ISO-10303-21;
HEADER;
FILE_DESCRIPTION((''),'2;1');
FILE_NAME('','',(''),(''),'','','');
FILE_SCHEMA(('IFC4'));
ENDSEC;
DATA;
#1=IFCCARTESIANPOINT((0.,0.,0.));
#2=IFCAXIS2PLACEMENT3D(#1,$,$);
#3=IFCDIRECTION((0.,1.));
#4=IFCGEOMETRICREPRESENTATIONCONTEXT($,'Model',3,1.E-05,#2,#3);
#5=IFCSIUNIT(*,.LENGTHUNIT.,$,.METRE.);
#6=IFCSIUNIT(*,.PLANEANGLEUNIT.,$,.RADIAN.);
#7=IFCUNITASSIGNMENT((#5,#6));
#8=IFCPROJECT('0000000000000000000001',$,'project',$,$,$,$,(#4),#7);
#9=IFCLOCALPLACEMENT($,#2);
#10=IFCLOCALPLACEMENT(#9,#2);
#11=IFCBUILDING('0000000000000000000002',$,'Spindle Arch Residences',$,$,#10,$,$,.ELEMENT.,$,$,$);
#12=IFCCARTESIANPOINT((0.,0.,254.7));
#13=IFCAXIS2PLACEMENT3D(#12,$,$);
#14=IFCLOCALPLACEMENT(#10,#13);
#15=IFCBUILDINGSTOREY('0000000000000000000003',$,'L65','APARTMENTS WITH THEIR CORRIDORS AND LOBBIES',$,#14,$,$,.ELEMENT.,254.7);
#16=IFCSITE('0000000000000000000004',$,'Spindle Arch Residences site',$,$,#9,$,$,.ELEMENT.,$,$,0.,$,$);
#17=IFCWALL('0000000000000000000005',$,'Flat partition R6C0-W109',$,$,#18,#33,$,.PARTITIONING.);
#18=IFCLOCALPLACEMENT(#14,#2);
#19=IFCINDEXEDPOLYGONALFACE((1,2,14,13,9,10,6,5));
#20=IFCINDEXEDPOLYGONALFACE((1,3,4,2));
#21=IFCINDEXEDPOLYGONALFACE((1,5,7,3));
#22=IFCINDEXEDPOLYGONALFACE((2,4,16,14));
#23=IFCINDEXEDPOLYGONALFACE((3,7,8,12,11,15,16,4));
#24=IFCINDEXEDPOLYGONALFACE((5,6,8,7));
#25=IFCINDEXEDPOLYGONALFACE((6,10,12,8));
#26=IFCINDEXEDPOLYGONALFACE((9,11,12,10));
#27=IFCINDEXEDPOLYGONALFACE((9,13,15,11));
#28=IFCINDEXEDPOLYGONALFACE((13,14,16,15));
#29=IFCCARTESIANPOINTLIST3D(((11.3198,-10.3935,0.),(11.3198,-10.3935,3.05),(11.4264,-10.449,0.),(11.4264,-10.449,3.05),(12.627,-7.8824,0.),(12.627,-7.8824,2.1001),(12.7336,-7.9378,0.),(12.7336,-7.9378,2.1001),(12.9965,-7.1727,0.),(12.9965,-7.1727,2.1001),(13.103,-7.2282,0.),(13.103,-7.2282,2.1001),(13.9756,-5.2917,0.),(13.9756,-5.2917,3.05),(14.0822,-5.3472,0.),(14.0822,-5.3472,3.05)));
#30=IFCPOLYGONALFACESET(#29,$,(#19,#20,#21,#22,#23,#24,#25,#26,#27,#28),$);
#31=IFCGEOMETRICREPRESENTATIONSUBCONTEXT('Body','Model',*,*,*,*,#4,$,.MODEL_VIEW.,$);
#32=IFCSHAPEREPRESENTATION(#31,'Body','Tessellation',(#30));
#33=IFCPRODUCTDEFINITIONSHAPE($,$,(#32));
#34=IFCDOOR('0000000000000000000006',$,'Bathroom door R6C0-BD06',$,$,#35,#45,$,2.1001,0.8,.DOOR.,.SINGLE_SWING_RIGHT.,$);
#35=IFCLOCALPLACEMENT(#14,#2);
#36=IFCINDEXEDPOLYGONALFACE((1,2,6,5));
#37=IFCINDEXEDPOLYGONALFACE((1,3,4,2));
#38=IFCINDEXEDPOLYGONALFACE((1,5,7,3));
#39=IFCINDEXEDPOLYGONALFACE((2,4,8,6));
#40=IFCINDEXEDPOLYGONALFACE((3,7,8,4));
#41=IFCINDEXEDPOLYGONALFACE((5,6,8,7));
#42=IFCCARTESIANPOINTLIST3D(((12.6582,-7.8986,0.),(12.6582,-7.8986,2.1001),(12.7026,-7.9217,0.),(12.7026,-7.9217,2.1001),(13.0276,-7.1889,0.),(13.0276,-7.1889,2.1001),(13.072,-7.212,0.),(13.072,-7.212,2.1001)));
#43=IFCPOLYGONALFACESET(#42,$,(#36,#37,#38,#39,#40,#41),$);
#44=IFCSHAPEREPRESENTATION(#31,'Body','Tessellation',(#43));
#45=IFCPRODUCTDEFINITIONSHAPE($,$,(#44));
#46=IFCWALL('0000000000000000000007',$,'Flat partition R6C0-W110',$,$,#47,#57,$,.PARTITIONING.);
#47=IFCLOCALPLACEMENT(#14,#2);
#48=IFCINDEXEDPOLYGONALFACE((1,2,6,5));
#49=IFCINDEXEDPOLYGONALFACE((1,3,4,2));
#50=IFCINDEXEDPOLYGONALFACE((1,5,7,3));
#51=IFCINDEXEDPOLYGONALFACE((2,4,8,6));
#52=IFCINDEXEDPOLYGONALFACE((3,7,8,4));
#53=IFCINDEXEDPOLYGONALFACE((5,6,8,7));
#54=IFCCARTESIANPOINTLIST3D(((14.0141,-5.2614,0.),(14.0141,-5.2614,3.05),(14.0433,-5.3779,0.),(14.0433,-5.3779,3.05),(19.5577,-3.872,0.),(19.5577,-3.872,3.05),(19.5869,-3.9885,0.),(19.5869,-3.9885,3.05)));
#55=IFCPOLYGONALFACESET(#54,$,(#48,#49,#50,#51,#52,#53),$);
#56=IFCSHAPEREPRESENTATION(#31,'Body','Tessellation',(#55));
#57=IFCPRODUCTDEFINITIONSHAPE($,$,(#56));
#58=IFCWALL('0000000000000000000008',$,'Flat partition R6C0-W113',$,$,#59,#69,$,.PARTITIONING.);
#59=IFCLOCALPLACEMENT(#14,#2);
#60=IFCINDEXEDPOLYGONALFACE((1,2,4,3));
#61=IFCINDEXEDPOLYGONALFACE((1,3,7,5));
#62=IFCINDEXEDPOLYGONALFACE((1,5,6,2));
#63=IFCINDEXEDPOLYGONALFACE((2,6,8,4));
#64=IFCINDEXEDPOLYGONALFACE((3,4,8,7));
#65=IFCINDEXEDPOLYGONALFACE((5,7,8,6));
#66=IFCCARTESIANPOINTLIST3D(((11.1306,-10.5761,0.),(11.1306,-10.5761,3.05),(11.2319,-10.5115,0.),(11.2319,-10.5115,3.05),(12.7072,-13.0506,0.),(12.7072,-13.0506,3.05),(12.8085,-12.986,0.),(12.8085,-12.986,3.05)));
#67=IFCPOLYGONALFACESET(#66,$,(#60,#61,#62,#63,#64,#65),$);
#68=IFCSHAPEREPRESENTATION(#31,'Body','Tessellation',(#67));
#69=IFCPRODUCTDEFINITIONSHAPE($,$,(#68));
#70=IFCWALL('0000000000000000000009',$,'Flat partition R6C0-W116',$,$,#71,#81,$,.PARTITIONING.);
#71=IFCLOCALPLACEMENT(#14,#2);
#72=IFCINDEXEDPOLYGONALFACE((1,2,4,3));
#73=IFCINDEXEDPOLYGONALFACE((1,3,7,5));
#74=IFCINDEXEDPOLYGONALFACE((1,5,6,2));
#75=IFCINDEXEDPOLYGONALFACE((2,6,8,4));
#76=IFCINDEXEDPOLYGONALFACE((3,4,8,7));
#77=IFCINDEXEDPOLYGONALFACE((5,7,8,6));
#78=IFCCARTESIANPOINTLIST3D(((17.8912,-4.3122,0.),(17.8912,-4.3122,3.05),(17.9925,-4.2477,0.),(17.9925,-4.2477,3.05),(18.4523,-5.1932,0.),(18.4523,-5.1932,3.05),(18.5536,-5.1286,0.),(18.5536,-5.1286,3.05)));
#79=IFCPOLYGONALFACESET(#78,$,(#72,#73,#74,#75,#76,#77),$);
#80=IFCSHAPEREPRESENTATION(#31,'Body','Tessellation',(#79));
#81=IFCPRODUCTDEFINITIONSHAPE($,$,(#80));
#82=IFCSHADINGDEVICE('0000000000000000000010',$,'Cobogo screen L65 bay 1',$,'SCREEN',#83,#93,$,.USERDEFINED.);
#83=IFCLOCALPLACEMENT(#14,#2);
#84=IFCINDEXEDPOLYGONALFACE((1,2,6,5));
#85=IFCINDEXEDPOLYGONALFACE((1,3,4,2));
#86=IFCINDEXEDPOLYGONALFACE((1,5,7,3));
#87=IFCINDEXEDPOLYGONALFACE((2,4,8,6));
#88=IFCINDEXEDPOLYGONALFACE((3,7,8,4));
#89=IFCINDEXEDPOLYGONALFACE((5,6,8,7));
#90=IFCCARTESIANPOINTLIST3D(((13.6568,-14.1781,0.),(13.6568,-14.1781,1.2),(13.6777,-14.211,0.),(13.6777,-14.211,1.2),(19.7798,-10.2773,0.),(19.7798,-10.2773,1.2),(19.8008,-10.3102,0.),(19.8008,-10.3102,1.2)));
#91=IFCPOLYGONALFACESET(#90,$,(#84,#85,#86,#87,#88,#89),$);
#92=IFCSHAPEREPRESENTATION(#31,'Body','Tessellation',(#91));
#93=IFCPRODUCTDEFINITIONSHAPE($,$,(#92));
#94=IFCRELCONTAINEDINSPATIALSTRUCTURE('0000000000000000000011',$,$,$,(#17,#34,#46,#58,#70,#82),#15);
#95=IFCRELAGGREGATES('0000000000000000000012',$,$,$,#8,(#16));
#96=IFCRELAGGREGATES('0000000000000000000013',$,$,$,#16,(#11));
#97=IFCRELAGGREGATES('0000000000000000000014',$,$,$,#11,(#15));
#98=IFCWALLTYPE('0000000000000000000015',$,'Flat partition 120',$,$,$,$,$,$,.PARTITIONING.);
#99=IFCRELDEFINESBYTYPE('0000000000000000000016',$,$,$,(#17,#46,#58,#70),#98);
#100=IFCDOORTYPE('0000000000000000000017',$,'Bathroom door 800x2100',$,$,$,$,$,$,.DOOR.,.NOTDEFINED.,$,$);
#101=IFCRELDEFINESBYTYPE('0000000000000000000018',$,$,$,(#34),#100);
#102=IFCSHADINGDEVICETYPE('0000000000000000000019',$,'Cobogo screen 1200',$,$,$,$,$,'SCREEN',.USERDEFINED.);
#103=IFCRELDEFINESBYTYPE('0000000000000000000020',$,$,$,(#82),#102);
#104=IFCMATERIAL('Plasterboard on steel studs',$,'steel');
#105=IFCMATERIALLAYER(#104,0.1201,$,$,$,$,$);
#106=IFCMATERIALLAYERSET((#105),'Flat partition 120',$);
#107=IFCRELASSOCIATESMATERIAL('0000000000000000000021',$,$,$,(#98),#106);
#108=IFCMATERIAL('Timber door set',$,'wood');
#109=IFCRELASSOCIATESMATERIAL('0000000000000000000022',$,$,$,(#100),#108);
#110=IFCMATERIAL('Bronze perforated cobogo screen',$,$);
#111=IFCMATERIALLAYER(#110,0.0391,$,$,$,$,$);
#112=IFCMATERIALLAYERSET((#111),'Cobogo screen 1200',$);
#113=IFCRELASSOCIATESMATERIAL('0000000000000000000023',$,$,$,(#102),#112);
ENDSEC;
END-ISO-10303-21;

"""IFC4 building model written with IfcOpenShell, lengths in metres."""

from ifc_helpers import new_model, si_unit, direction, frame, frame_2d, origin, origin_2d, place, context, subcontext, project, spatial, rectangle, extrude, material, layer, layer_set, type_object, element, fill, save


model = new_model("IFC4")

# Units and contexts
model_context = context("Model", 3, precision=1e-05, world=origin(), true_north=direction((0.0, 1.0)))
body_context = subcontext(model_context, "Body", "Model", "MODEL_VIEW")
ifc_project = project(units=[si_unit("LENGTHUNIT", "METRE"), si_unit("PLANEANGLEUNIT", "RADIAN")], contexts=[model_context])

# Site, building, storey
site_placement = place(None, origin())
site = spatial("IfcSite", under=ifc_project, at=site_placement, Name="Spindle Arch Residences site", CompositionType="ELEMENT", RefElevation=0.0)
building_placement = place(site_placement, origin())
building = spatial("IfcBuilding", under=site, at=building_placement, Name="Spindle Arch Residences", CompositionType="ELEMENT")
storey_placement = place(building_placement, frame((0.0, 0.0, 254.7)))
storey = spatial("IfcBuildingStorey", under=building, at=storey_placement, Name="L65", Description="APARTMENTS WITH THEIR CORRIDORS AND LOBBIES", CompositionType="ELEMENT", Elevation=254.7)

# Wall, opening, door
ifc_material_1 = material(Name="Plasterboard on steel studs", Category="steel")
ifc_layer_1 = layer(ifc_material_1, 0.1201)
ifc_layer_set_1 = layer_set([ifc_layer_1], Name="Flat partition 120")
wall_type_1 = type_object("IfcWallType", Name="Flat partition 120", PredefinedType="PARTITIONING", material=ifc_layer_set_1)
wall_1_placement = place(storey_placement, frame((11.373, -10.4214, 0.0), z_axis=(0.0, 0.0, 1.0), x_axis=(0.461739, 0.887016, 0.0)))
wall_1 = element("IfcWall", 1, at=wall_1_placement, inside=storey, type_object=wall_type_1, Name="Flat partition R6C0-W109", PredefinedType="PARTITIONING", context=body_context, shape_type="SweptSolid", body=[
    extrude(rectangle(XDim=5.7517, YDim=0.1201, at=frame_2d((2.876, 0.0))), origin(), (0.0, 0.0, 1.0), 3.05),
])
opening_1_placement = place(wall_1_placement, frame((2.8313, 0.0, 0.0)))
opening_1 = element("IfcOpeningElement", 2, at=opening_1_placement, cuts=wall_1, PredefinedType="OPENING", context=body_context, shape_type="SweptSolid", body=[
    extrude(rectangle(XDim=0.8, YDim=2.1001, at=frame_2d((0.3999, 1.05))), frame((0.0, 0.0701, 0.0), z_axis=(0.0, -1.0, 0.0), x_axis=(1.0, 0.0, 0.0)), (0.0, 0.0, 1.0), 0.1401),
])
ifc_material_2 = material(Name="Timber door set", Category="wood")
door_type_1 = type_object("IfcDoorType", Name="Bathroom door 800x2100", OperationType="NOTDEFINED", PredefinedType="DOOR", material=ifc_material_2)
door_1_placement = place(opening_1_placement, origin())
door_1 = element("IfcDoor", 3, at=door_1_placement, inside=storey, type_object=door_type_1, Name="Bathroom door R6C0-BD06", OperationType="SINGLE_SWING_RIGHT", OverallHeight=2.1001, OverallWidth=0.8, PredefinedType="DOOR", context=body_context, shape_type="SweptSolid", body=[
    extrude(rectangle(XDim=0.8, YDim=2.1001, at=frame_2d((0.3999, 1.05))), frame((0.0, 0.0249, 0.0), z_axis=(0.0, -1.0, 0.0), x_axis=(1.0, 0.0, 0.0)), (0.0, 0.0, 1.0), 0.05),
])
fill(opening_1, door_1)

# Walls
wall_2_placement = place(storey_placement, frame((14.0288, -5.3196, 0.0), z_axis=(0.0, 0.0, 1.0), x_axis=(0.969999, 0.243109, 0.0)))
element("IfcWall", 4, at=wall_2_placement, inside=storey, type_object=wall_type_1, Name="Flat partition R6C0-W110", PredefinedType="PARTITIONING", context=body_context, shape_type="SweptSolid", body=[
    extrude(rectangle(XDim=5.7151, YDim=0.1201, at=frame_2d((2.8574, 0.0))), origin(), (0.0, 0.0, 1.0), 3.05),
])
wall_3_placement = place(storey_placement, frame((12.7578, -13.0183, 0.0), z_axis=(0.0, 0.0, 1.0), x_axis=(-0.537338, 0.843367, 0.0)))
element("IfcWall", 5, at=wall_3_placement, inside=storey, type_object=wall_type_1, Name="Flat partition R6C0-W113", PredefinedType="PARTITIONING", context=body_context, shape_type="SweptSolid", body=[
    extrude(rectangle(XDim=2.9341, YDim=0.1201, at=frame_2d((1.467, 0.0))), origin(), (0.0, 0.0, 1.0), 3.05),
])
wall_4_placement = place(storey_placement, frame((18.5029, -5.1609, 0.0), z_axis=(0.0, 0.0, 1.0), x_axis=(-0.537208, 0.84345, 0.0)))
element("IfcWall", 6, at=wall_4_placement, inside=storey, type_object=wall_type_1, Name="Flat partition R6C0-W116", PredefinedType="PARTITIONING", context=body_context, shape_type="SweptSolid", body=[
    extrude(rectangle(XDim=1.0444, YDim=0.1201, at=frame_2d((0.5222, 0.0))), origin(), (0.0, 0.0, 1.0), 3.05),
])

# Shading device
ifc_material_3 = material(Name="Bronze perforated cobogo screen")
ifc_layer_2 = layer(ifc_material_3, 0.0391)
ifc_layer_set_2 = layer_set([ifc_layer_2], Name="Cobogo screen 1200")
shading_device_type = type_object("IfcShadingDeviceType", Name="Cobogo screen 1200", ElementType="SCREEN", PredefinedType="USERDEFINED", material=ifc_layer_set_2)
shading_device_placement = place(storey_placement, frame((16.7288, -12.2441, 0.0), z_axis=(0.0, 0.0, 1.0), x_axis=(0.843391, 0.5373, 0.0)))
element("IfcShadingDevice", 7, at=shading_device_placement, inside=storey, type_object=shading_device_type, Name="Cobogo screen L65 bay 1", ObjectType="SCREEN", PredefinedType="USERDEFINED", context=body_context, shape_type="SweptSolid", body=[
    extrude(rectangle(XDim=7.26, YDim=0.0391, at=origin_2d()), origin(), (0.0, 0.0, 1.0), 1.2),
])

save(model, "model.ifc")
